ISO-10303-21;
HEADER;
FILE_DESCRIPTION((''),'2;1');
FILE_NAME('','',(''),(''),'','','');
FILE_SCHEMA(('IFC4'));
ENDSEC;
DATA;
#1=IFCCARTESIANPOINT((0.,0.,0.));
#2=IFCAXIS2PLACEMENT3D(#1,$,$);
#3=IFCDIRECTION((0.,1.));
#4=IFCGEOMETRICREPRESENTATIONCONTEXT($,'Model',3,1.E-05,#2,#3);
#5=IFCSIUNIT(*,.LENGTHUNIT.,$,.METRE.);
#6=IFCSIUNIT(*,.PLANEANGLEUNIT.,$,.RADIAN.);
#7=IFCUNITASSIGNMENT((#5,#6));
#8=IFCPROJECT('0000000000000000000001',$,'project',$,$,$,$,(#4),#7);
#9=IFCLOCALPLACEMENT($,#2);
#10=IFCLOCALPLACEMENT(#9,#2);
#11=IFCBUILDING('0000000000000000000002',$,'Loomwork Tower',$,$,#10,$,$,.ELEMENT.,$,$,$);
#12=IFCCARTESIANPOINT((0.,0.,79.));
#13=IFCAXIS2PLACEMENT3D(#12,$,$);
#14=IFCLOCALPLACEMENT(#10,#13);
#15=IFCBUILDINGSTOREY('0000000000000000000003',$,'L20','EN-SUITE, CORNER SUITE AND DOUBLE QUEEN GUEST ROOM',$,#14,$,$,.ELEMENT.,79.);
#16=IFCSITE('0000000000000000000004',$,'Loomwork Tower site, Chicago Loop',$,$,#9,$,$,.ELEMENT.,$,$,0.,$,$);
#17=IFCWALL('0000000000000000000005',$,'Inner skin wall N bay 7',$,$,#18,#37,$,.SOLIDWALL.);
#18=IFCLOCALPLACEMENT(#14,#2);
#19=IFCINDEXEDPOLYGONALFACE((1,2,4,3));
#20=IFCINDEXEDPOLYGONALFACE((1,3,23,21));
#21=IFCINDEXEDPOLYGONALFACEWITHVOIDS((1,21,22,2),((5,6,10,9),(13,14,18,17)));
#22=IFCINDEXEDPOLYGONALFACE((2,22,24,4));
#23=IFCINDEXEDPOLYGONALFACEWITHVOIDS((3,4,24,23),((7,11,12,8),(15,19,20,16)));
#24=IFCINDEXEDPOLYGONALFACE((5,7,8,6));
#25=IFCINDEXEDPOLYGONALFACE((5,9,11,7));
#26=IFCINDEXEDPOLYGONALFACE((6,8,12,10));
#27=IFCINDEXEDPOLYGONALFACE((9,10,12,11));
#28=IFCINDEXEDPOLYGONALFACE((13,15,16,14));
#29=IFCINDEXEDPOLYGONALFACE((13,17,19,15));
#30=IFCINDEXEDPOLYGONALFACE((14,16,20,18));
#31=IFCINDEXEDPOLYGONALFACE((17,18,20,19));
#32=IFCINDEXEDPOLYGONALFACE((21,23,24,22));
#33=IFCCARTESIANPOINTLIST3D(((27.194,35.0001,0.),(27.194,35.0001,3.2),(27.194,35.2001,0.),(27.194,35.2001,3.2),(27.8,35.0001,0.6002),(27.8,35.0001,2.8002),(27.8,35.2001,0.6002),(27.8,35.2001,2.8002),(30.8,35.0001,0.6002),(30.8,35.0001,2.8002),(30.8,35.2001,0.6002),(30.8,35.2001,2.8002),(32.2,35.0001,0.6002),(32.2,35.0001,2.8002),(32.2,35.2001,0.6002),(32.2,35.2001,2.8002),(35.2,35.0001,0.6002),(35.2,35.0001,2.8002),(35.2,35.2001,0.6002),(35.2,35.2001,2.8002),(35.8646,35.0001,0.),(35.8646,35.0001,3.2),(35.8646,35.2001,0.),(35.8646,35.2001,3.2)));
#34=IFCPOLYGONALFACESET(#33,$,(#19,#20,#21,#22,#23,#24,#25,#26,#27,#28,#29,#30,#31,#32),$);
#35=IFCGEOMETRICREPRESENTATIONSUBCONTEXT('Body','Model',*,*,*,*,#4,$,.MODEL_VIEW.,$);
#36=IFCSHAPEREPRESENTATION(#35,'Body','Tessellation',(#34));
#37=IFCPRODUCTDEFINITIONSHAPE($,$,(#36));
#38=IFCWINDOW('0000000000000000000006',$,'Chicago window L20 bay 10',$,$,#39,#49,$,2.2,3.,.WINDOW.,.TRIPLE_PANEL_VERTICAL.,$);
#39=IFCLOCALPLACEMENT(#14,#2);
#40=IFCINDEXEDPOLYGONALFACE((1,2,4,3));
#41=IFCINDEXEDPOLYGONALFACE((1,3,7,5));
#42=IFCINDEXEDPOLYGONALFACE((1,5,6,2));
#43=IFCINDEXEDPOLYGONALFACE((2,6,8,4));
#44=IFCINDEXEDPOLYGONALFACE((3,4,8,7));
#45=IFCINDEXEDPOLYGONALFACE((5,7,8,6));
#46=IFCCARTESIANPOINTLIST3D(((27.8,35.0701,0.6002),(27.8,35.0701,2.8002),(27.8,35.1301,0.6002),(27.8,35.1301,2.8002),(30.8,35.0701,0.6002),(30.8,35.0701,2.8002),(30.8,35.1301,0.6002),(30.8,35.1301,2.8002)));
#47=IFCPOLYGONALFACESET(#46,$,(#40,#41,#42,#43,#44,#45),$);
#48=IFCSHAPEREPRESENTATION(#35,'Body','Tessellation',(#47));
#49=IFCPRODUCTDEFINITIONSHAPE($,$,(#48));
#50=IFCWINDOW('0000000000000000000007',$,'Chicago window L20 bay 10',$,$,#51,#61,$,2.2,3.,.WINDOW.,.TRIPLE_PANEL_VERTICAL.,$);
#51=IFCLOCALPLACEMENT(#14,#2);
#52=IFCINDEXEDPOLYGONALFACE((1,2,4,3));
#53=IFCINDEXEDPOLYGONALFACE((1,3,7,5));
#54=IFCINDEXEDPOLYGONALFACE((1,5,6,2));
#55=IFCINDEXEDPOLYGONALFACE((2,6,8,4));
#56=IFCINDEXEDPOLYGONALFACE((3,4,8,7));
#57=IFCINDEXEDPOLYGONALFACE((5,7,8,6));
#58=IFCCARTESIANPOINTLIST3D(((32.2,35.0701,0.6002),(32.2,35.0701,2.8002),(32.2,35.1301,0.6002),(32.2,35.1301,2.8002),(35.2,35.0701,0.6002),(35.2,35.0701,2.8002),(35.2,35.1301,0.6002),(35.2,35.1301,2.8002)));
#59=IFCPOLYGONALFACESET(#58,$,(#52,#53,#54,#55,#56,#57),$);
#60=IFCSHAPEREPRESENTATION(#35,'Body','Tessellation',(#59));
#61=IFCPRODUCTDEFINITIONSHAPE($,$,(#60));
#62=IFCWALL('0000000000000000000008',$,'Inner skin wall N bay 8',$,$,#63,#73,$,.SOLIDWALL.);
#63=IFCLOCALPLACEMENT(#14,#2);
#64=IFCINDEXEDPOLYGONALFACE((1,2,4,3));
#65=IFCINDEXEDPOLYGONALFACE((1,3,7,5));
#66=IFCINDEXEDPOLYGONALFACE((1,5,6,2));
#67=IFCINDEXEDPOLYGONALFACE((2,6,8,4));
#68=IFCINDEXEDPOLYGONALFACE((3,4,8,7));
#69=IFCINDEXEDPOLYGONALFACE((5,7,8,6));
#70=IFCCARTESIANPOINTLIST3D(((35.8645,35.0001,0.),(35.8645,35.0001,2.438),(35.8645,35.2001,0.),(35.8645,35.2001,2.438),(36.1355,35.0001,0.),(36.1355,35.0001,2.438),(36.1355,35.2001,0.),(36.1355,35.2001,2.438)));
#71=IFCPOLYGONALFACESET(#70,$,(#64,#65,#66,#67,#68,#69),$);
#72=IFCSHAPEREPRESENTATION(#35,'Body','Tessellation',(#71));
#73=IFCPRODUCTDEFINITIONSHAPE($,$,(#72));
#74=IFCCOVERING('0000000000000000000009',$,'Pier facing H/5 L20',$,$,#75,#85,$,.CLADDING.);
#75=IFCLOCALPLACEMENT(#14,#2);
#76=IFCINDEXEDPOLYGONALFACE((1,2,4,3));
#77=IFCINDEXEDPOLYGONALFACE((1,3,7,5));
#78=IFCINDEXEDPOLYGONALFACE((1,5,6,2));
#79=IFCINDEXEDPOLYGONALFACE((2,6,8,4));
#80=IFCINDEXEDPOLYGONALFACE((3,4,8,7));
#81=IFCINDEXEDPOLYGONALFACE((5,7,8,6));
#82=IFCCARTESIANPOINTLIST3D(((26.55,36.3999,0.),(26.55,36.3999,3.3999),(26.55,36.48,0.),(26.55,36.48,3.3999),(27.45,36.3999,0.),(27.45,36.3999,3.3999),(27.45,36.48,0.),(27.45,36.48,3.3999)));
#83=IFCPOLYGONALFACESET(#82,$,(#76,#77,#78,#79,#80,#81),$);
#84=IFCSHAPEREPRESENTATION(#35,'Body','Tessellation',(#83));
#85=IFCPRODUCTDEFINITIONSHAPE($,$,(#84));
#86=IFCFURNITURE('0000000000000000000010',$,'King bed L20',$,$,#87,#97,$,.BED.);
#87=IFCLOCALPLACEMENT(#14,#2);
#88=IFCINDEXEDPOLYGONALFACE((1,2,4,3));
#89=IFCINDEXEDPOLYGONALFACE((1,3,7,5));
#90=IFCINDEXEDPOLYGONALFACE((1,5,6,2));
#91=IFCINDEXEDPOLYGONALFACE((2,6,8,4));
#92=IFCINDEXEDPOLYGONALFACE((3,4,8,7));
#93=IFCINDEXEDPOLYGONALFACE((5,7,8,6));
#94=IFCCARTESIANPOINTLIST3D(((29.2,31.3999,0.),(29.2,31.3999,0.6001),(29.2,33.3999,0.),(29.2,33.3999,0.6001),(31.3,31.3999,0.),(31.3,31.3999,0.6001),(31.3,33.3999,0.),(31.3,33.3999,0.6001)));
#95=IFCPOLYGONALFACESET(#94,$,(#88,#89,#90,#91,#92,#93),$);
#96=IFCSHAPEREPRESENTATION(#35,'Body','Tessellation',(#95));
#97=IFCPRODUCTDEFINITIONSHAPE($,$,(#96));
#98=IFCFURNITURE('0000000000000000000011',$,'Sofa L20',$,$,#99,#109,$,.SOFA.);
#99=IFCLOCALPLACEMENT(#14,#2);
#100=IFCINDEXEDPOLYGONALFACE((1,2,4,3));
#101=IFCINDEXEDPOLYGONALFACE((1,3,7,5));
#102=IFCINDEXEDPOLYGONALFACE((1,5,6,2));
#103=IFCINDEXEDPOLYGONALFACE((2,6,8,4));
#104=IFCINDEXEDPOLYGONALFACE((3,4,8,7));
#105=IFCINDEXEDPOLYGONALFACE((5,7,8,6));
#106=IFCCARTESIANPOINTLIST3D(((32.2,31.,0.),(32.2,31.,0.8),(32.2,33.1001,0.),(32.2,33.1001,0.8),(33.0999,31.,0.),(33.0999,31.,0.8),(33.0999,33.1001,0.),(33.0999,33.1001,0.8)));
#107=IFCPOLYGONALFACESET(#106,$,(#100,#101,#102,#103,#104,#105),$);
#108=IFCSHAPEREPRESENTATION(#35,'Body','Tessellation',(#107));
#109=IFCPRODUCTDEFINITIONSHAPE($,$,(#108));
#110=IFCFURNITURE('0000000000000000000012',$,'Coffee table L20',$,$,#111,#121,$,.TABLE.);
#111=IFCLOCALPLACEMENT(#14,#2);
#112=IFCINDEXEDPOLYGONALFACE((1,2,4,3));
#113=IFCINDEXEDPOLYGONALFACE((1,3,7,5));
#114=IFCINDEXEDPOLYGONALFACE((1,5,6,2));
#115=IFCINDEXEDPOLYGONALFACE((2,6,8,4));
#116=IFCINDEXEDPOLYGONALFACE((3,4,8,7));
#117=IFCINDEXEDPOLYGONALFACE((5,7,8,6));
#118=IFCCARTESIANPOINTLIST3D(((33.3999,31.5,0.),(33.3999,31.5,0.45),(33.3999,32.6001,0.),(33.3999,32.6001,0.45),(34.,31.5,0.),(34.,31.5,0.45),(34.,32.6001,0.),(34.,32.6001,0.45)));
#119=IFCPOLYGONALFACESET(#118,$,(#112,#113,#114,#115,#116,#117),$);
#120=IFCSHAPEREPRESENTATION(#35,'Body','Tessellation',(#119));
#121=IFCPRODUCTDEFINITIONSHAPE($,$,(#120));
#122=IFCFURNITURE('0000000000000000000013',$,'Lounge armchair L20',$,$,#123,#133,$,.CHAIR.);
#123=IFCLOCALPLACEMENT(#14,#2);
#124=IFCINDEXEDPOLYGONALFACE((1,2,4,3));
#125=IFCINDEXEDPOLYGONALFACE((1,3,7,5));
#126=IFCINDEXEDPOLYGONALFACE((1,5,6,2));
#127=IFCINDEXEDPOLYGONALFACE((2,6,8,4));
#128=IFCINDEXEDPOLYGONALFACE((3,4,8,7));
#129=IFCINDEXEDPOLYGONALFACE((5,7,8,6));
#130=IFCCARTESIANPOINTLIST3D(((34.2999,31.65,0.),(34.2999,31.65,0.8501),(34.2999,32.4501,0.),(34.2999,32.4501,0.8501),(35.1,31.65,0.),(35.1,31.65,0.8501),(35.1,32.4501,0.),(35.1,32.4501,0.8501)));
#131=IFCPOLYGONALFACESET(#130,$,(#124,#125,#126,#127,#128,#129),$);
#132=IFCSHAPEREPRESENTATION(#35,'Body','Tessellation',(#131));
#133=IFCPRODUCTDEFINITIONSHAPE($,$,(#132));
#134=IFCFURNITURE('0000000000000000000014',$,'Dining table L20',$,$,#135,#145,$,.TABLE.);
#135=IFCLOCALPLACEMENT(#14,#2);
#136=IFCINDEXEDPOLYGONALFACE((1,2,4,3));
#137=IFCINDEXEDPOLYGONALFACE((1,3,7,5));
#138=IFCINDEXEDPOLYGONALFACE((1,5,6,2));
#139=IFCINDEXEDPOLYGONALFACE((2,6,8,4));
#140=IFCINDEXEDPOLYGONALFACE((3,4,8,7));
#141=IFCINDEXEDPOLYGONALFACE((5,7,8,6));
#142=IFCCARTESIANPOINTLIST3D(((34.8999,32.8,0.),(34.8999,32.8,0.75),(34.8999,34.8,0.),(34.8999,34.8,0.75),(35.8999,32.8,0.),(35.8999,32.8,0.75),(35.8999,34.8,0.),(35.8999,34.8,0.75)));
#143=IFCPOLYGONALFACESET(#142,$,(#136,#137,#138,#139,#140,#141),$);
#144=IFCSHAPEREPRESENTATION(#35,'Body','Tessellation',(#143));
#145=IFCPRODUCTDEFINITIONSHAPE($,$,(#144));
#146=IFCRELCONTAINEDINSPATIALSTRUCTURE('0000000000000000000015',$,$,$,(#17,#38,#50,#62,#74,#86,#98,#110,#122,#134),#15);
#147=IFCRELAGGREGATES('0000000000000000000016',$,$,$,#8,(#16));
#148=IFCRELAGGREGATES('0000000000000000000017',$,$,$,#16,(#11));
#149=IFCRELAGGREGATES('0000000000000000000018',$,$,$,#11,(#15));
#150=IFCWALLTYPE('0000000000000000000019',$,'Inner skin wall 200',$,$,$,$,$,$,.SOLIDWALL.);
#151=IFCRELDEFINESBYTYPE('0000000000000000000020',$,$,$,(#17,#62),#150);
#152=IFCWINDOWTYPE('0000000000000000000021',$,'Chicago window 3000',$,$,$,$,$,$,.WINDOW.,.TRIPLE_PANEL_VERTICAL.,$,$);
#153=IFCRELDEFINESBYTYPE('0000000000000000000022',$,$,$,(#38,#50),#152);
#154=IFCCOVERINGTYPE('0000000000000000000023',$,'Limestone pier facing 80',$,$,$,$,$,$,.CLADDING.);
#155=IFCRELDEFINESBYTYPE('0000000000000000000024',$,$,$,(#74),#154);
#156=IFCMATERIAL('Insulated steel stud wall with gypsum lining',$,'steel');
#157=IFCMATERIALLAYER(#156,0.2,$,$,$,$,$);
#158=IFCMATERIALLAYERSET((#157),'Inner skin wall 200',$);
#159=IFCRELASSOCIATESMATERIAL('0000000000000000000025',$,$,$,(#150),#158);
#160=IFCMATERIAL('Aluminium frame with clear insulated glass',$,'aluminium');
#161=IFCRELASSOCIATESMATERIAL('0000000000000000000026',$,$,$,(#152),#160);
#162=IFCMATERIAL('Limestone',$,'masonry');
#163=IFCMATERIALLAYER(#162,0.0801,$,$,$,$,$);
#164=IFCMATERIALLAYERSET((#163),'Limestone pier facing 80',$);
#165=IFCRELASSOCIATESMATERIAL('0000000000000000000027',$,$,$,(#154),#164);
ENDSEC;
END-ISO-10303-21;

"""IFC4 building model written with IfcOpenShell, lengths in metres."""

from ifc_helpers import new_model, si_unit, direction, frame, frame_2d, origin, origin_2d, place, context, subcontext, project, spatial, rectangle, extrude, material, layer, layer_set, type_object, element, fill, save


model = new_model("IFC4")

# Units and contexts
model_context = context("Model", 3, precision=1e-05, world=origin(), true_north=direction((0.0, 1.0)))
body_context = subcontext(model_context, "Body", "Model", "MODEL_VIEW")
ifc_project = project(units=[si_unit("LENGTHUNIT", "METRE"), si_unit("PLANEANGLEUNIT", "RADIAN")], contexts=[model_context])

# Site, building, storey
site_placement = place(None, origin())
site = spatial("IfcSite", under=ifc_project, at=site_placement, Name="Loomwork Tower site, Chicago Loop", CompositionType="ELEMENT", RefElevation=0.0)
building_placement = place(site_placement, origin())
building = spatial("IfcBuilding", under=site, at=building_placement, Name="Loomwork Tower", CompositionType="ELEMENT")
storey_placement = place(building_placement, frame((0.0, 0.0, 79.0)))
storey = spatial("IfcBuildingStorey", under=building, at=storey_placement, Name="L20", Description="EN-SUITE, CORNER SUITE AND DOUBLE QUEEN GUEST ROOM", CompositionType="ELEMENT", Elevation=79.0)

# Wall, openings, windows
ifc_material_1 = material(Name="Insulated steel stud wall with gypsum lining", Category="steel")
ifc_layer_1 = layer(ifc_material_1, 0.2)
ifc_layer_set_1 = layer_set([ifc_layer_1], Name="Inner skin wall 200")
wall_type = type_object("IfcWallType", Name="Inner skin wall 200", PredefinedType="SOLIDWALL", material=ifc_layer_set_1)
wall_1_placement = place(storey_placement, frame((27.1938, 35.1001, 0.0), z_axis=(0.0, 0.0, 1.0), x_axis=(1.0, 0.0, 0.0)))
wall_1 = element("IfcWall", 1, at=wall_1_placement, inside=storey, type_object=wall_type, Name="Inner skin wall N bay 7", PredefinedType="SOLIDWALL", context=body_context, shape_type="SweptSolid", body=[
    extrude(rectangle(XDim=8.6707, YDim=0.2, at=frame_2d((4.3354, 0.0))), origin(), (0.0, 0.0, 1.0), 3.2),
])
opening_1_placement = place(wall_1_placement, frame((0.6062, 0.0, 0.6001)))
opening_1 = element("IfcOpeningElement", 2, at=opening_1_placement, cuts=wall_1, PredefinedType="OPENING", context=body_context, shape_type="SweptSolid", body=[
    extrude(rectangle(XDim=3.0, YDim=2.2, at=frame_2d((1.5, 1.1001))), frame((0.0, 0.1099, 0.0), z_axis=(0.0, -1.0, 0.0), x_axis=(1.0, 0.0, 0.0)), (0.0, 0.0, 1.0), 0.22),
])
opening_2_placement = place(wall_1_placement, frame((5.0061, 0.0, 0.6001)))
opening_2 = element("IfcOpeningElement", 3, at=opening_2_placement, cuts=wall_1, PredefinedType="OPENING", context=body_context, shape_type="SweptSolid", body=[
    extrude(rectangle(XDim=3.0, YDim=2.2, at=frame_2d((1.5, 1.1001))), frame((0.0, 0.1099, 0.0), z_axis=(0.0, -1.0, 0.0), x_axis=(1.0, 0.0, 0.0)), (0.0, 0.0, 1.0), 0.22),
])
ifc_material_2 = material(Name="Aluminium frame with clear insulated glass", Category="aluminium")
window_type = type_object("IfcWindowType", Name="Chicago window 3000", PartitioningType="TRIPLE_PANEL_VERTICAL", PredefinedType="WINDOW", material=ifc_material_2)
window_1_placement = place(opening_1_placement, origin())
window_1 = element("IfcWindow", 4, at=window_1_placement, inside=storey, type_object=window_type, Name="Chicago window L20 bay 10", OverallHeight=2.2, OverallWidth=3.0, PartitioningType="TRIPLE_PANEL_VERTICAL", PredefinedType="WINDOW", context=body_context, shape_type="SweptSolid", body=[
    extrude(rectangle(XDim=3.0, YDim=2.2, at=frame_2d((1.5, 1.1001))), frame((0.0, 0.03, 0.0), z_axis=(0.0, -1.0, 0.0), x_axis=(1.0, 0.0, 0.0)), (0.0, 0.0, 1.0), 0.0601),
])
fill(opening_1, window_1)
window_2_placement = place(opening_2_placement, origin())
window_2 = element("IfcWindow", 5, at=window_2_placement, inside=storey, type_object=window_type, Name="Chicago window L20 bay 10", OverallHeight=2.2, OverallWidth=3.0, PartitioningType="TRIPLE_PANEL_VERTICAL", PredefinedType="WINDOW", context=body_context, shape_type="SweptSolid", body=[
    extrude(rectangle(XDim=3.0, YDim=2.2, at=frame_2d((1.5, 1.1001))), frame((0.0, 0.03, 0.0), z_axis=(0.0, -1.0, 0.0), x_axis=(1.0, 0.0, 0.0)), (0.0, 0.0, 1.0), 0.0601),
])
fill(opening_2, window_2)

# Wall
wall_2_placement = place(storey_placement, frame((35.8645, 35.1001, 0.0), z_axis=(0.0, 0.0, 1.0), x_axis=(1.0, 0.0, 0.0)))
element("IfcWall", 6, at=wall_2_placement, inside=storey, type_object=wall_type, Name="Inner skin wall N bay 8", PredefinedType="SOLIDWALL", context=body_context, shape_type="SweptSolid", body=[
    extrude(rectangle(XDim=0.271, YDim=0.2, at=frame_2d((0.1355, 0.0))), origin(), (0.0, 0.0, 1.0), 2.438),
])

# Covering
ifc_material_3 = material(Name="Limestone", Category="masonry")
ifc_layer_2 = layer(ifc_material_3, 0.0801)
ifc_layer_set_2 = layer_set([ifc_layer_2], Name="Limestone pier facing 80")
covering_type = type_object("IfcCoveringType", Name="Limestone pier facing 80", PredefinedType="CLADDING", material=ifc_layer_set_2)
covering_placement = place(storey_placement, frame((27.0, 36.4399, 0.0), z_axis=(0.0, 0.0, 1.0), x_axis=(1.0, 0.0, 0.0)))
element("IfcCovering", 7, at=covering_placement, inside=storey, type_object=covering_type, Name="Pier facing H/5 L20", PredefinedType="CLADDING", context=body_context, shape_type="SweptSolid", body=[
    extrude(rectangle(XDim=0.8999, YDim=0.0801, at=origin_2d()), origin(), (0.0, 0.0, 1.0), 3.3999),
])

# Furniture
furniture_1_placement = place(storey_placement, frame((30.25, 32.3999, 0.0), z_axis=(0.0, 0.0, 1.0), x_axis=(1.0, 0.0, 0.0)))
element("IfcFurniture", 8, at=furniture_1_placement, inside=storey, Name="King bed L20", PredefinedType="BED", context=body_context, shape_type="SweptSolid", body=[
    extrude(rectangle(XDim=2.1001, YDim=2.0, at=origin_2d()), origin(), (0.0, 0.0, 1.0), 0.6001),
])
furniture_2_placement = place(storey_placement, frame((32.6499, 32.05, 0.0), z_axis=(0.0, 0.0, 1.0), x_axis=(1.0, 0.0, 0.0)))
element("IfcFurniture", 9, at=furniture_2_placement, inside=storey, Name="Sofa L20", PredefinedType="SOFA", context=body_context, shape_type="SweptSolid", body=[
    extrude(rectangle(XDim=0.8999, YDim=2.1001, at=origin_2d()), origin(), (0.0, 0.0, 1.0), 0.8),
])
furniture_3_placement = place(storey_placement, frame((33.7, 32.05, 0.0), z_axis=(0.0, 0.0, 1.0), x_axis=(1.0, 0.0, 0.0)))
element("IfcFurniture", 10, at=furniture_3_placement, inside=storey, Name="Coffee table L20", PredefinedType="TABLE", context=body_context, shape_type="SweptSolid", body=[
    extrude(rectangle(XDim=0.6001, YDim=1.1001, at=origin_2d()), origin(), (0.0, 0.0, 1.0), 0.45),
])
furniture_4_placement = place(storey_placement, frame((34.7, 32.05, 0.0), z_axis=(0.0, 0.0, 1.0), x_axis=(1.0, 0.0, 0.0)))
element("IfcFurniture", 11, at=furniture_4_placement, inside=storey, Name="Lounge armchair L20", PredefinedType="CHAIR", context=body_context, shape_type="SweptSolid", body=[
    extrude(rectangle(XDim=0.8, YDim=0.8, at=origin_2d()), origin(), (0.0, 0.0, 1.0), 0.8501),
])
furniture_5_placement = place(storey_placement, frame((35.3999, 33.8, 0.0), z_axis=(0.0, 0.0, 1.0), x_axis=(1.0, 0.0, 0.0)))
element("IfcFurniture", 12, at=furniture_5_placement, inside=storey, Name="Dining table L20", PredefinedType="TABLE", context=body_context, shape_type="SweptSolid", body=[
    extrude(rectangle(XDim=1.0, YDim=2.0, at=origin_2d()), origin(), (0.0, 0.0, 1.0), 0.75),
])

save(model, "model.ifc")
